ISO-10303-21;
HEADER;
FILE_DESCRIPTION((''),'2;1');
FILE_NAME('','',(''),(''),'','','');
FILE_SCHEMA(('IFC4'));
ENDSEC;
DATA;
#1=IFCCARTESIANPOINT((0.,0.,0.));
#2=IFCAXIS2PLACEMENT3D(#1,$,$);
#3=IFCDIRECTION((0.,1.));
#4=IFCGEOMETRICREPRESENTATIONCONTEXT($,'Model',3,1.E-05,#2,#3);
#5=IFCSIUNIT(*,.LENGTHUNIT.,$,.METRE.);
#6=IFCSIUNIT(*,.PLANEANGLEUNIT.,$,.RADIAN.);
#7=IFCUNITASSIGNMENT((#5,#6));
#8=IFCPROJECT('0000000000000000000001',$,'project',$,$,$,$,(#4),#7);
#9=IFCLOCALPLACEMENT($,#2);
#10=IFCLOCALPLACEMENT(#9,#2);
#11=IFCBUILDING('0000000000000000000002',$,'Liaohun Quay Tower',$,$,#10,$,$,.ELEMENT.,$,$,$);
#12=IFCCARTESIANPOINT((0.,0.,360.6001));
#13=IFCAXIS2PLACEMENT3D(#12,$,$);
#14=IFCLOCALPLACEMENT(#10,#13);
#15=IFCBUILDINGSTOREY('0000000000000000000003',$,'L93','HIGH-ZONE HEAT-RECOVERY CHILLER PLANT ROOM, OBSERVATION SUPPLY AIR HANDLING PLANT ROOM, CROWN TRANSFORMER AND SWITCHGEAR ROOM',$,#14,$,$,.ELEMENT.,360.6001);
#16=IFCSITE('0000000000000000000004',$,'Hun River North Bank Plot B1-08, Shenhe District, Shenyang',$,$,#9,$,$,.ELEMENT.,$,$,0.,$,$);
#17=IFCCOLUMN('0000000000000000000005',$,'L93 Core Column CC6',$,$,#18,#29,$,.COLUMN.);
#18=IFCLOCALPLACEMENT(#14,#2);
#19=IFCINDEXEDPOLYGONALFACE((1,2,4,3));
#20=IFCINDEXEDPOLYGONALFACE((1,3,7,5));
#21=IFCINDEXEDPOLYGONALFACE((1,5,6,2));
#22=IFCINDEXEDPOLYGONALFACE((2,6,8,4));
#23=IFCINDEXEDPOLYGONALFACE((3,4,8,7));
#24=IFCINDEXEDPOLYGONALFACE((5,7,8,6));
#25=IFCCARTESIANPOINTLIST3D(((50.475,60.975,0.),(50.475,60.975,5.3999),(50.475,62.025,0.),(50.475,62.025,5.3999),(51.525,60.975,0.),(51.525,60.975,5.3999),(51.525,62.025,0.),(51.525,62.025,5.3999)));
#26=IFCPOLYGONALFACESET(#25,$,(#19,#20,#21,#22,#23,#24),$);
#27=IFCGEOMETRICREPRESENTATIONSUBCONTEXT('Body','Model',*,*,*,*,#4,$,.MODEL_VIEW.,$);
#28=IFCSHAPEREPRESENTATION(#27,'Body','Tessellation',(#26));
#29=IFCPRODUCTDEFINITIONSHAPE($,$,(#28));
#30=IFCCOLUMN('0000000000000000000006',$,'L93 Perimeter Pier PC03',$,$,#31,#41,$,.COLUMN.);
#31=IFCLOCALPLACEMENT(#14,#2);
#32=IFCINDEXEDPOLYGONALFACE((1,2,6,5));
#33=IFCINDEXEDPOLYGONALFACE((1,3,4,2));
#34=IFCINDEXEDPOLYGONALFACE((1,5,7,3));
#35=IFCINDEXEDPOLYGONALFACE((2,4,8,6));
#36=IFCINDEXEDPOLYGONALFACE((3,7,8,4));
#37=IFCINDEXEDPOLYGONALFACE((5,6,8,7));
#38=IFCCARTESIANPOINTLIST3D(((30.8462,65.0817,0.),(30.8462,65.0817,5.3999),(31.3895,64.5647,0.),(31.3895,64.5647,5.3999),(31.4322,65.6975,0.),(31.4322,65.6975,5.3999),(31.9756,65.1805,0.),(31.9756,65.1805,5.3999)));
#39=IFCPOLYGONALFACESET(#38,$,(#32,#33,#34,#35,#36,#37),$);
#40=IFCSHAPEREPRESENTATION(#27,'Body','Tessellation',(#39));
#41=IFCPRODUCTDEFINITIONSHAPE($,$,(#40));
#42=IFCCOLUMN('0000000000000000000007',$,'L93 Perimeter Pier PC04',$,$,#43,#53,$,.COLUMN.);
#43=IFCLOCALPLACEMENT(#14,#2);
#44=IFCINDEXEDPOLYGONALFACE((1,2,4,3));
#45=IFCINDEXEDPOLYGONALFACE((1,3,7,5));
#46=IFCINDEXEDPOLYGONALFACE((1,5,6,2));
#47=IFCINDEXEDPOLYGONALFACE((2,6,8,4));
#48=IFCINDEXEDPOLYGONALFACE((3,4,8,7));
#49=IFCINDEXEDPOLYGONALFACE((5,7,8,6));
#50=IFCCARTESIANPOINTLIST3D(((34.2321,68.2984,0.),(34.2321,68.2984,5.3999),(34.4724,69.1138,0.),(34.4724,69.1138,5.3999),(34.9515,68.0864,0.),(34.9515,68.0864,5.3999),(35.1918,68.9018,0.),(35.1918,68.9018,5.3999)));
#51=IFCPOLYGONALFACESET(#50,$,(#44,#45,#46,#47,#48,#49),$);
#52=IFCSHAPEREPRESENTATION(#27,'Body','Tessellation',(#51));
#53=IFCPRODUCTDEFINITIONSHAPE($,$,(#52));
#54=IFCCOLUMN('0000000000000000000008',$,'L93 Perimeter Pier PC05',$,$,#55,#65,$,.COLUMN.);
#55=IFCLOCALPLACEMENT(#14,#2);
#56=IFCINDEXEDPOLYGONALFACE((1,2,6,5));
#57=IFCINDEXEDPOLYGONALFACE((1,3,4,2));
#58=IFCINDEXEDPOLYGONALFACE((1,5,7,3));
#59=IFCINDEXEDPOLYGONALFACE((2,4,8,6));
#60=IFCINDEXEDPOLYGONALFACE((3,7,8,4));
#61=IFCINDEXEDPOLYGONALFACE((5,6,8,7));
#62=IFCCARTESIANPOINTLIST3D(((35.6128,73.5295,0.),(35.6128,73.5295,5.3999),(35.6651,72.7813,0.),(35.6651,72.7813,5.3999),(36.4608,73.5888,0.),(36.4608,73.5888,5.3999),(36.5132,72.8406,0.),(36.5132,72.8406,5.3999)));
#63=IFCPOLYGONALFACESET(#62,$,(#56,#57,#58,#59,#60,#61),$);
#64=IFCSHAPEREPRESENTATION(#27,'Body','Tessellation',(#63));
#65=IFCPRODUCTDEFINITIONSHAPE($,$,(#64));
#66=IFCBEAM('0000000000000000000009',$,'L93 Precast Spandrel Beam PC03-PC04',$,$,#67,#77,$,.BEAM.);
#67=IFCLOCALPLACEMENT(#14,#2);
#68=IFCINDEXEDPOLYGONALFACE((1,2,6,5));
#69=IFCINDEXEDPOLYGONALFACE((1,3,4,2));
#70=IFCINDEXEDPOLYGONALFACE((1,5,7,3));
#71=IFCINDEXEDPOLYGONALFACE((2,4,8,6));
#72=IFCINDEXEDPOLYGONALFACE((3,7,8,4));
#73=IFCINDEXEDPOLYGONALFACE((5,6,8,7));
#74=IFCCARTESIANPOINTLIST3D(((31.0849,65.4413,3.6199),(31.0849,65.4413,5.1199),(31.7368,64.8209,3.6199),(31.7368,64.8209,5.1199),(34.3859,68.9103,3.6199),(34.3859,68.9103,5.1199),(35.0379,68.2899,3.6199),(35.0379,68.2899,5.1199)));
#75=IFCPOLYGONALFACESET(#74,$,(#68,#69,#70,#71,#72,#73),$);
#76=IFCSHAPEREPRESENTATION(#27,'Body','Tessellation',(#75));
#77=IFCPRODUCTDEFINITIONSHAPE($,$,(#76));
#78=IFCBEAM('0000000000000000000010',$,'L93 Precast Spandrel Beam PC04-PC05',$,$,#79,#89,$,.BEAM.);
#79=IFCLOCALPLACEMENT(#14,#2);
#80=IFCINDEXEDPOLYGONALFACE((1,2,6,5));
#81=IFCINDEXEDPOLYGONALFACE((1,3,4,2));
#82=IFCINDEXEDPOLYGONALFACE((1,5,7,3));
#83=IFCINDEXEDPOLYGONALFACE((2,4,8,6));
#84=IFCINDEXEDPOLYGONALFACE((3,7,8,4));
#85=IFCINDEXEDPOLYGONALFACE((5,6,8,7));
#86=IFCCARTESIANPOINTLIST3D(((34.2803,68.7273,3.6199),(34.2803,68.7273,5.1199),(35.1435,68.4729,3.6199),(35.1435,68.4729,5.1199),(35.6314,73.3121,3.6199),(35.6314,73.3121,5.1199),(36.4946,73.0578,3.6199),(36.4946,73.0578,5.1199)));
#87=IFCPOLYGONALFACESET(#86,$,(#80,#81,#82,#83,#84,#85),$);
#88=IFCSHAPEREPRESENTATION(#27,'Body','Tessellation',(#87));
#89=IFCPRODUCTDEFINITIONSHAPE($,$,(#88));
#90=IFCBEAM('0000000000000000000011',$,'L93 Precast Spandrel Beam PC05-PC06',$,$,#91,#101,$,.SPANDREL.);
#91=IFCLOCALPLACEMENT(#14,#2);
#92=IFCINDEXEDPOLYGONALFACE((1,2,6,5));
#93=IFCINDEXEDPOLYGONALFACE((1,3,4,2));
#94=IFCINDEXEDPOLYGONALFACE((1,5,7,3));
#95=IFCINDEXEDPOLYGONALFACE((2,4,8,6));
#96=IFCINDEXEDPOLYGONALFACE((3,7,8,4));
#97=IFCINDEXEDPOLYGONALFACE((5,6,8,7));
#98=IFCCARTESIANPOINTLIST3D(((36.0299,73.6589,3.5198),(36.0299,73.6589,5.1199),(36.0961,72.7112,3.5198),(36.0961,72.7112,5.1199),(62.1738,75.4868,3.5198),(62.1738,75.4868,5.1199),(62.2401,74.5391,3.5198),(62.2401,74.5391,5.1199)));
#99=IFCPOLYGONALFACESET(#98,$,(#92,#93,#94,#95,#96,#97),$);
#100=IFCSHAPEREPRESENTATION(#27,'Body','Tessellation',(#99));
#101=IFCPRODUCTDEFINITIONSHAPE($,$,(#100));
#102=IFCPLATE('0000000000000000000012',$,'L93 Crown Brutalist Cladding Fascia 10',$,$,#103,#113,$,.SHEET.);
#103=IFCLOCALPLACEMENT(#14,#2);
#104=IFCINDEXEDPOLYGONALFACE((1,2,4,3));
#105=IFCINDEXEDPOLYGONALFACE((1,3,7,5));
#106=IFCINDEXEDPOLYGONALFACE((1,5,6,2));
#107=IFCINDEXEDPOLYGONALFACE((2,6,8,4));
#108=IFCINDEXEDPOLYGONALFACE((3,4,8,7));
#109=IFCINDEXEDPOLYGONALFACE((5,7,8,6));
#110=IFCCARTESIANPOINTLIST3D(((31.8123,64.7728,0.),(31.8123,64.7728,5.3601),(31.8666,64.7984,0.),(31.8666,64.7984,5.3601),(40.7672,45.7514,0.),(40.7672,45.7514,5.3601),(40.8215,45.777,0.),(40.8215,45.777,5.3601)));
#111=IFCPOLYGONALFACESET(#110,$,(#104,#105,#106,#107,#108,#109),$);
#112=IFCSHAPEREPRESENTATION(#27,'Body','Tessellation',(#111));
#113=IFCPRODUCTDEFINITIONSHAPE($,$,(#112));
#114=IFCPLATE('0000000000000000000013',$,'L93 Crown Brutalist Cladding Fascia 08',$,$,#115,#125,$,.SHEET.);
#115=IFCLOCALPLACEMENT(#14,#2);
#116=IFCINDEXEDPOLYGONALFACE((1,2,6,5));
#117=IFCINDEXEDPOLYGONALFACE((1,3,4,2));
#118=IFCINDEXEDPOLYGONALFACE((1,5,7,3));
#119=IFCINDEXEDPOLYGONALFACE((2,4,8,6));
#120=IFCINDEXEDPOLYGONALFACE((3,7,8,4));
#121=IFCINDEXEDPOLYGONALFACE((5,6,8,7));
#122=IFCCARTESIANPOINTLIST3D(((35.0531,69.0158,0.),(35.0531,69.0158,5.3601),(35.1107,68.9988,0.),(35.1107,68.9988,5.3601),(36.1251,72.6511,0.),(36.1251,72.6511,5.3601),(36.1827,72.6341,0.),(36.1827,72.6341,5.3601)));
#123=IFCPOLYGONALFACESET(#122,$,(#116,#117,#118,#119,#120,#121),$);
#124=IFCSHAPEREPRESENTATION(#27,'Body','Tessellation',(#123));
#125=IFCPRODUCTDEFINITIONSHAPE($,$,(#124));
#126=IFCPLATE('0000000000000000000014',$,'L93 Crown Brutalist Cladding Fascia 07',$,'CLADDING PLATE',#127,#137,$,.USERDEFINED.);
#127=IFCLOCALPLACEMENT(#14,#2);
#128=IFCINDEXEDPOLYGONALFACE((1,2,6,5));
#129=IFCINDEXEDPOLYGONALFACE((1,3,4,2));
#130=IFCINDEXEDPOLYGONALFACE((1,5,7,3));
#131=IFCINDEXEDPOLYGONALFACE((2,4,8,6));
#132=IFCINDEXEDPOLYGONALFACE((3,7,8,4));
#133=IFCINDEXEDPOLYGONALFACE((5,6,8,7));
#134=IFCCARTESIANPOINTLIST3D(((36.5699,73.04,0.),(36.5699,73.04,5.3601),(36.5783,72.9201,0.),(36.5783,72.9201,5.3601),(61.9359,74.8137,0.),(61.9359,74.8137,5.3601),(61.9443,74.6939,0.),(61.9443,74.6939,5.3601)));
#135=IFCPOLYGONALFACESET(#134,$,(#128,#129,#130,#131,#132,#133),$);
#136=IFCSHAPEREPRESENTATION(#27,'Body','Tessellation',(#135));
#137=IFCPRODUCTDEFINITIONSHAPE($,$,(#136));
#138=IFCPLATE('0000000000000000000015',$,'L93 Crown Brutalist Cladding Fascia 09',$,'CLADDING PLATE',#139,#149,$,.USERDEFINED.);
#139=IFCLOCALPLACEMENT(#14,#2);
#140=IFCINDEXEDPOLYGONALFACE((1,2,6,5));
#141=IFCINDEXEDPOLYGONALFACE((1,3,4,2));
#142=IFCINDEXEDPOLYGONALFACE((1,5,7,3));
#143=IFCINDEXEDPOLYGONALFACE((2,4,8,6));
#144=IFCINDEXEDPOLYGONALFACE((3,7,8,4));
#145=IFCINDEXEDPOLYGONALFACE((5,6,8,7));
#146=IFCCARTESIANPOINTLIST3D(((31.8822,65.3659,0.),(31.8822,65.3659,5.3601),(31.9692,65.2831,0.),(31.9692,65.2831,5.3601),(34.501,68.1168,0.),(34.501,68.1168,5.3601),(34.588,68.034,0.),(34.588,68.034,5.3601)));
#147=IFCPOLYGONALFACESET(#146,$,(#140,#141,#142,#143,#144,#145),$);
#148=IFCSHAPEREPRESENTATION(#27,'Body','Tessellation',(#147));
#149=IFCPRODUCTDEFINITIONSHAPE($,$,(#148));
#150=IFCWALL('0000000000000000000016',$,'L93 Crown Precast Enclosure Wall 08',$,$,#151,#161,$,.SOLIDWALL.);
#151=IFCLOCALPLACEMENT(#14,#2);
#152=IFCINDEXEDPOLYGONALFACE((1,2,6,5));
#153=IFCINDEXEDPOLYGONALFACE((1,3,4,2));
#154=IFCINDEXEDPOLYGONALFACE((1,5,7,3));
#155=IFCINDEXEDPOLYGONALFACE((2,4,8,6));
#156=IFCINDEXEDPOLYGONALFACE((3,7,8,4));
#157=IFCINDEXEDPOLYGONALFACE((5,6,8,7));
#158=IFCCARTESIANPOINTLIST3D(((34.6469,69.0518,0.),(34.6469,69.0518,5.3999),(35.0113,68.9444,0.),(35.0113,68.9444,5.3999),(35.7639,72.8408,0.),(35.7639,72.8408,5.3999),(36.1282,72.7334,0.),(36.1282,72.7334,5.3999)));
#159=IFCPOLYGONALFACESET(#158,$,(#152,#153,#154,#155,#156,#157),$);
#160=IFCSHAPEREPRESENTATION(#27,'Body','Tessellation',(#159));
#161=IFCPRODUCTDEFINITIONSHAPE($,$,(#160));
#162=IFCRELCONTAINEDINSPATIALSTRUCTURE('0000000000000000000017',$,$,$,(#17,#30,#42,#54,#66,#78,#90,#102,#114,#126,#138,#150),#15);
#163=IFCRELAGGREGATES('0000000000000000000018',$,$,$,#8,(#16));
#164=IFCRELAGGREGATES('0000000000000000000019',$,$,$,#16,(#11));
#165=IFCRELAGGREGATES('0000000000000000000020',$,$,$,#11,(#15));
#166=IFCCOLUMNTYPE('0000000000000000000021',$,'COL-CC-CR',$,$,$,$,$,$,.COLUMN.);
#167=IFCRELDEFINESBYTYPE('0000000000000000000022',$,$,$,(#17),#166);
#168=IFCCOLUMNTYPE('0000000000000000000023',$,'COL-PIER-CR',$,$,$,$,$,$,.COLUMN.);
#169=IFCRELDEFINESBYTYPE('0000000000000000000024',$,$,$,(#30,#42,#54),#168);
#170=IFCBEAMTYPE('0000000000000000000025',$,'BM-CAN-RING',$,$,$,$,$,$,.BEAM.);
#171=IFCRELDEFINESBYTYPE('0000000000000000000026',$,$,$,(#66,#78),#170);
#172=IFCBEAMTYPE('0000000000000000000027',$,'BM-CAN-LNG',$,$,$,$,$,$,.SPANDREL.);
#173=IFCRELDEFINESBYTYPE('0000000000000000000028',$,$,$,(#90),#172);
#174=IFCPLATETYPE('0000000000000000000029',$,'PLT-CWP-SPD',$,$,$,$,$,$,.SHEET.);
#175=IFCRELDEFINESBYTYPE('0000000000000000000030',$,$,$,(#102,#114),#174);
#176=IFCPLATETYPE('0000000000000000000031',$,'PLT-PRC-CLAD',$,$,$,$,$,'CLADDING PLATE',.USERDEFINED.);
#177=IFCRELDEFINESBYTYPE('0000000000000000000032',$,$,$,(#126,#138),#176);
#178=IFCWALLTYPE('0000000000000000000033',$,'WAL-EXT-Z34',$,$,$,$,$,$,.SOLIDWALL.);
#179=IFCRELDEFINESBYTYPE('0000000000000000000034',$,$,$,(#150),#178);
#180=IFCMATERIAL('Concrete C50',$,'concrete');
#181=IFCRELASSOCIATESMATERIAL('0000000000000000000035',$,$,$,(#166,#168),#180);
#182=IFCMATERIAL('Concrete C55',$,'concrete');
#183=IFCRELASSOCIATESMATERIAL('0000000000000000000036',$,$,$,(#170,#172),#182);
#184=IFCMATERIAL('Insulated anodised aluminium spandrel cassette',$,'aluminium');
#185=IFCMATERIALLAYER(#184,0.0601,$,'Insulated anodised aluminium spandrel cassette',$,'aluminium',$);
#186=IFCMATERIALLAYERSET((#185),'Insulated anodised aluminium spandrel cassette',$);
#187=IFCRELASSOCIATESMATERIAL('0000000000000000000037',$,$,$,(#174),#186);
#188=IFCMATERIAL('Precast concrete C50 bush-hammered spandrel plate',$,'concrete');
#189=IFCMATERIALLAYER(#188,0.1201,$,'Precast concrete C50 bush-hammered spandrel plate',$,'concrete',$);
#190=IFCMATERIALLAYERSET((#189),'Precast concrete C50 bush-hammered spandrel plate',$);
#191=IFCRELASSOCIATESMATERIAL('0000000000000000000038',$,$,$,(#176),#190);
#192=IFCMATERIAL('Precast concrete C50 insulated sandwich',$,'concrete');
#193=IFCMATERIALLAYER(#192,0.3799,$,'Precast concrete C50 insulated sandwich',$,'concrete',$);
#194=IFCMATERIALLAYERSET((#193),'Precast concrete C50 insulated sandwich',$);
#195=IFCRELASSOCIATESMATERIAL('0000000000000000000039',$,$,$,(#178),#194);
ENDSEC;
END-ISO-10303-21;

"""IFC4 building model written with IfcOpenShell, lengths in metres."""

from ifc_helpers import new_model, si_unit, direction, frame, frame_2d, origin, origin_2d, place, context, subcontext, project, spatial, rectangle, extrude, source, transform, mapped, material, layer, layer_set, material_profile, profile_set, type_object, element, save


model = new_model("IFC4")

# Units and contexts
model_context = context("Model", 3, precision=1e-05, world=origin(), true_north=direction((0.0, 1.0)))
body_context = subcontext(model_context, "Body", "Model", "MODEL_VIEW")
ifc_project = project(units=[si_unit("LENGTHUNIT", "METRE"), si_unit("PLANEANGLEUNIT", "RADIAN")], contexts=[model_context])

# Site, building, storey
site_placement = place(None, origin())
site = spatial("IfcSite", under=ifc_project, at=site_placement, Name="Hun River North Bank Plot B1-08, Shenhe District, Shenyang", CompositionType="ELEMENT", RefElevation=0.0)
building_placement = place(site_placement, origin())
building = spatial("IfcBuilding", under=site, at=building_placement, Name="Liaohun Quay Tower", CompositionType="ELEMENT")
storey_placement = place(building_placement, frame((0.0, 0.0, 360.6001)))
storey = spatial("IfcBuildingStorey", under=building, at=storey_placement, Name="L93", Description="HIGH-ZONE HEAT-RECOVERY CHILLER PLANT ROOM, OBSERVATION SUPPLY AIR HANDLING PLANT ROOM, CROWN TRANSFORMER AND SWITCHGEAR ROOM", CompositionType="ELEMENT", Elevation=360.6001)

# Columns
ifc_material_1 = material(Name="Concrete C50", Category="concrete")
ifc_material_profile_1 = material_profile(ifc_material_1, rectangle(XDim=1.05, YDim=1.05, at=origin_2d()), Name="RC1050x1050")
ifc_profile_set_1 = profile_set([ifc_material_profile_1], Name="Concrete C50")
column_type_1 = type_object("IfcColumnType", Name="COL-CC-CR", PredefinedType="COLUMN", material=ifc_profile_set_1)
shared_shape_1 = source(origin(), body_context, "Body", "SweptSolid", [
    extrude(rectangle(XDim=1.05, YDim=1.05, at=origin_2d()), origin(), (0.0, 0.0, 1.0), 5.3999),
])
column_placement = place(storey_placement, frame((51.0, 61.5, 0.0), z_axis=(0.0, 0.0, 1.0), x_axis=(1.0, 0.0, 0.0)))
element("IfcColumn", 1, at=column_placement, inside=storey, type_object=column_type_1, Name="L93 Core Column CC6", PredefinedType="COLUMN", context=body_context, shape_type="MappedRepresentation", body=[
    mapped(shared_shape_1, transform((0.0, 0.0, 0.0), x_axis=(1.0, 0.0, 0.0), y_axis=(0.0, 1.0, 0.0), z_axis=(0.0, 0.0, 1.0), scale=1.0)),
])
ifc_material_profile_2 = material_profile(ifc_material_1, rectangle(XDim=0.8501, YDim=0.75, at=origin_2d()), Name="RC850x750")
ifc_profile_set_2 = profile_set([ifc_material_profile_2], Name="Concrete C50")
column_type_2 = type_object("IfcColumnType", Name="COL-PIER-CR", PredefinedType="COLUMN", material=ifc_profile_set_2)
shared_shape_2 = source(origin(), body_context, "Body", "SweptSolid", [
    extrude(rectangle(XDim=0.8501, YDim=0.75, at=origin_2d()), origin(), (0.0, 0.0, 1.0), 5.3999),
])
for number, where, z_axis, x_axis, name in (
    (2, (31.4109, 65.1311, 0.0), (0.0, 0.0, 1.0), (0.689367, 0.724413, 0.0), "L93 Perimeter Pier PC03"),
    (3, (34.7119, 68.6001, 0.0), (0.0, 0.0, 1.0), (0.282676, 0.959215, 0.0), "L93 Perimeter Pier PC04"),
    (4, (36.063, 73.1851, 0.0), (0.0, 0.0, 1.0), (0.997564, 0.069756, 0.0), "L93 Perimeter Pier PC05"),
):
    element("IfcColumn", number, at=place(storey_placement, frame(where, z_axis=z_axis, x_axis=x_axis)), inside=storey, type_object=column_type_2, Name=name, PredefinedType="COLUMN", context=body_context, shape_type="MappedRepresentation", body=[
        mapped(shared_shape_2, transform((0.0, 0.0, 0.0), x_axis=(1.0, 0.0, 0.0), y_axis=(0.0, 1.0, 0.0), z_axis=(0.0, 0.0, 1.0), scale=1.0)),
    ])

# Beams
ifc_material_2 = material(Name="Concrete C55", Category="concrete")
ifc_material_profile_3 = material_profile(ifc_material_2, rectangle(XDim=0.8999, YDim=1.5, at=origin_2d()), Name="RC900x1500")
ifc_profile_set_3 = profile_set([ifc_material_profile_3], Name="Concrete C55")
beam_type_1 = type_object("IfcBeamType", Name="BM-CAN-RING", PredefinedType="BEAM", material=ifc_profile_set_3)
shared_shape_3 = source(origin(), body_context, "Body", "SweptSolid", [
    extrude(rectangle(XDim=0.8999, YDim=1.5, at=origin_2d()), origin(), (0.0, 0.0, 1.0), 4.7886),
])
beam_1_placement = place(storey_placement, frame((31.4109, 65.1311, 4.3699), z_axis=(0.689351, 0.724428, 0.0), x_axis=(-0.724428, 0.689351, 0.0)))
element("IfcBeam", 5, at=beam_1_placement, inside=storey, type_object=beam_type_1, Name="L93 Precast Spandrel Beam PC03-PC04", PredefinedType="BEAM", context=body_context, shape_type="MappedRepresentation", body=[
    mapped(shared_shape_3, transform((0.0, 0.0, 0.0), x_axis=(1.0, 0.0, 0.0), y_axis=(0.0, 1.0, 0.0), z_axis=(0.0, 0.0, 1.0), scale=1.0)),
])
shared_shape_4 = source(origin(), body_context, "Body", "SweptSolid", [
    extrude(rectangle(XDim=0.8999, YDim=1.5, at=origin_2d()), origin(), (0.0, 0.0, 1.0), 4.7798),
])
beam_2_placement = place(storey_placement, frame((34.7119, 68.6001, 4.3699), z_axis=(0.282659, 0.959221, 0.0), x_axis=(-0.959221, 0.282659, 0.0)))
element("IfcBeam", 6, at=beam_2_placement, inside=storey, type_object=beam_type_1, Name="L93 Precast Spandrel Beam PC04-PC05", PredefinedType="BEAM", context=body_context, shape_type="MappedRepresentation", body=[
    mapped(shared_shape_4, transform((0.0, 0.0, 0.0), x_axis=(1.0, 0.0, 0.0), y_axis=(0.0, 1.0, 0.0), z_axis=(0.0, 0.0, 1.0), scale=1.0)),
])
ifc_material_profile_4 = material_profile(ifc_material_2, rectangle(XDim=0.95, YDim=1.6001, at=origin_2d()), Name="RC950x1600")
ifc_profile_set_4 = profile_set([ifc_material_profile_4], Name="Concrete C55")
beam_type_2 = type_object("IfcBeamType", Name="BM-CAN-LNG", PredefinedType="SPANDREL", material=ifc_profile_set_4)
shared_shape_5 = source(origin(), body_context, "Body", "SweptSolid", [
    extrude(rectangle(XDim=0.95, YDim=1.6001, at=origin_2d()), origin(), (0.0, 0.0, 1.0), 26.2078),
])
beam_3_placement = place(storey_placement, frame((36.063, 73.1851, 4.3198), z_axis=(0.997565, 0.069746, 0.0), x_axis=(-0.069746, 0.997565, 0.0)))
element("IfcBeam", 7, at=beam_3_placement, inside=storey, type_object=beam_type_2, Name="L93 Precast Spandrel Beam PC05-PC06", PredefinedType="SPANDREL", context=body_context, shape_type="MappedRepresentation", body=[
    mapped(shared_shape_5, transform((0.0, 0.0, 0.0), x_axis=(1.0, 0.0, 0.0), y_axis=(0.0, 1.0, 0.0), z_axis=(0.0, 0.0, 1.0), scale=1.0)),
])

# Plates
ifc_material_3 = material(Name="Insulated anodised aluminium spandrel cassette", Category="aluminium")
ifc_layer_1 = layer(ifc_material_3, 0.0601, Name="Insulated anodised aluminium spandrel cassette", Category="aluminium")
ifc_layer_set_1 = layer_set([ifc_layer_1], Name="Insulated anodised aluminium spandrel cassette")
plate_type_1 = type_object("IfcPlateType", Name="PLT-CWP-SPD", PredefinedType="SHEET", material=ifc_layer_set_1)
shared_shape_6 = source(origin(), body_context, "Body", "SweptSolid", [
    extrude(rectangle(XDim=21.0239, YDim=0.0601, at=origin_2d()), origin(), (0.0, 0.0, 1.0), 5.3601),
])
plate_1_placement = place(storey_placement, frame((36.3169, 55.2749, 0.0), z_axis=(0.0, 0.0, 1.0), x_axis=(0.425937, -0.904753, 0.0)))
element("IfcPlate", 8, at=plate_1_placement, inside=storey, type_object=plate_type_1, Name="L93 Crown Brutalist Cladding Fascia 10", PredefinedType="SHEET", context=body_context, shape_type="MappedRepresentation", body=[
    mapped(shared_shape_6, transform((0.0, 0.0, 0.0), x_axis=(1.0, 0.0, 0.0), y_axis=(0.0, 1.0, 0.0), z_axis=(0.0, 0.0, 1.0), scale=1.0)),
])
shared_shape_7 = source(origin(), body_context, "Body", "SweptSolid", [
    extrude(rectangle(XDim=3.79, YDim=0.0601, at=origin_2d()), origin(), (0.0, 0.0, 1.0), 5.3601),
])
plate_2_placement = place(storey_placement, frame((35.6179, 70.825, 0.0), z_axis=(0.0, 0.0, 1.0), x_axis=(-0.282844, -0.959166, 0.0)))
element("IfcPlate", 9, at=plate_2_placement, inside=storey, type_object=plate_type_1, Name="L93 Crown Brutalist Cladding Fascia 08", PredefinedType="SHEET", context=body_context, shape_type="MappedRepresentation", body=[
    mapped(shared_shape_7, transform((0.0, 0.0, 0.0), x_axis=(1.0, 0.0, 0.0), y_axis=(0.0, 1.0, 0.0), z_axis=(0.0, 0.0, 1.0), scale=1.0)),
])
ifc_material_4 = material(Name="Precast concrete C50 bush-hammered spandrel plate", Category="concrete")
ifc_layer_2 = layer(ifc_material_4, 0.1201, Name="Precast concrete C50 bush-hammered spandrel plate", Category="concrete")
ifc_layer_set_2 = layer_set([ifc_layer_2], Name="Precast concrete C50 bush-hammered spandrel plate")
plate_type_2 = type_object("IfcPlateType", Name="PLT-PRC-CLAD", ElementType="CLADDING PLATE", PredefinedType="USERDEFINED", material=ifc_layer_set_2)
shared_shape_8 = source(origin(), body_context, "Body", "SweptSolid", [
    extrude(rectangle(XDim=25.428, YDim=0.1201, at=origin_2d()), origin(), (0.0, 0.0, 1.0), 5.3601),
])
plate_3_placement = place(storey_placement, frame((49.2571, 73.8669, 0.0), z_axis=(0.0, 0.0, 1.0), x_axis=(-0.997564, -0.069756, 0.0)))
element("IfcPlate", 10, at=plate_3_placement, inside=storey, type_object=plate_type_2, Name="L93 Crown Brutalist Cladding Fascia 07", ObjectType="CLADDING PLATE", PredefinedType="USERDEFINED", context=body_context, shape_type="MappedRepresentation", body=[
    mapped(shared_shape_8, transform((0.0, 0.0, 0.0), x_axis=(1.0, 0.0, 0.0), y_axis=(0.0, 1.0, 0.0), z_axis=(0.0, 0.0, 1.0), scale=1.0)),
])
shared_shape_9 = source(origin(), body_context, "Body", "SweptSolid", [
    extrude(rectangle(XDim=3.7981, YDim=0.1201, at=origin_2d()), origin(), (0.0, 0.0, 1.0), 5.3601),
])
plate_4_placement = place(storey_placement, frame((33.2351, 66.7, 0.0), z_axis=(0.0, 0.0, 1.0), x_axis=(-0.689493, -0.724292, 0.0)))
element("IfcPlate", 11, at=plate_4_placement, inside=storey, type_object=plate_type_2, Name="L93 Crown Brutalist Cladding Fascia 09", ObjectType="CLADDING PLATE", PredefinedType="USERDEFINED", context=body_context, shape_type="MappedRepresentation", body=[
    mapped(shared_shape_9, transform((0.0, 0.0, 0.0), x_axis=(1.0, 0.0, 0.0), y_axis=(0.0, 1.0, 0.0), z_axis=(0.0, 0.0, 1.0), scale=1.0)),
])

# Wall
ifc_material_5 = material(Name="Precast concrete C50 insulated sandwich", Category="concrete")
ifc_layer_3 = layer(ifc_material_5, 0.3799, Name="Precast concrete C50 insulated sandwich", Category="concrete")
ifc_layer_set_3 = layer_set([ifc_layer_3], Name="Precast concrete C50 insulated sandwich")
wall_type_1 = type_object("IfcWallType", Name="WAL-EXT-Z34", PredefinedType="SOLIDWALL", material=ifc_layer_set_3)
wall_1_placement = place(storey_placement, frame((35.946, 72.7871, 0.0), z_axis=(0.0, 0.0, 1.0), x_axis=(-0.282752, -0.959193, 0.0)))
element("IfcWall", 12, at=wall_1_placement, inside=storey, type_object=wall_type_1, Name="L93 Crown Precast Enclosure Wall 08", PredefinedType="SOLIDWALL", context=body_context, shape_type="SweptSolid", body=[
    extrude(rectangle(XDim=3.9502, YDim=0.3799, at=frame_2d((1.9751, 0.0))), origin(), (0.0, 0.0, 1.0), 5.3999),
])

save(model, "model.ifc")
